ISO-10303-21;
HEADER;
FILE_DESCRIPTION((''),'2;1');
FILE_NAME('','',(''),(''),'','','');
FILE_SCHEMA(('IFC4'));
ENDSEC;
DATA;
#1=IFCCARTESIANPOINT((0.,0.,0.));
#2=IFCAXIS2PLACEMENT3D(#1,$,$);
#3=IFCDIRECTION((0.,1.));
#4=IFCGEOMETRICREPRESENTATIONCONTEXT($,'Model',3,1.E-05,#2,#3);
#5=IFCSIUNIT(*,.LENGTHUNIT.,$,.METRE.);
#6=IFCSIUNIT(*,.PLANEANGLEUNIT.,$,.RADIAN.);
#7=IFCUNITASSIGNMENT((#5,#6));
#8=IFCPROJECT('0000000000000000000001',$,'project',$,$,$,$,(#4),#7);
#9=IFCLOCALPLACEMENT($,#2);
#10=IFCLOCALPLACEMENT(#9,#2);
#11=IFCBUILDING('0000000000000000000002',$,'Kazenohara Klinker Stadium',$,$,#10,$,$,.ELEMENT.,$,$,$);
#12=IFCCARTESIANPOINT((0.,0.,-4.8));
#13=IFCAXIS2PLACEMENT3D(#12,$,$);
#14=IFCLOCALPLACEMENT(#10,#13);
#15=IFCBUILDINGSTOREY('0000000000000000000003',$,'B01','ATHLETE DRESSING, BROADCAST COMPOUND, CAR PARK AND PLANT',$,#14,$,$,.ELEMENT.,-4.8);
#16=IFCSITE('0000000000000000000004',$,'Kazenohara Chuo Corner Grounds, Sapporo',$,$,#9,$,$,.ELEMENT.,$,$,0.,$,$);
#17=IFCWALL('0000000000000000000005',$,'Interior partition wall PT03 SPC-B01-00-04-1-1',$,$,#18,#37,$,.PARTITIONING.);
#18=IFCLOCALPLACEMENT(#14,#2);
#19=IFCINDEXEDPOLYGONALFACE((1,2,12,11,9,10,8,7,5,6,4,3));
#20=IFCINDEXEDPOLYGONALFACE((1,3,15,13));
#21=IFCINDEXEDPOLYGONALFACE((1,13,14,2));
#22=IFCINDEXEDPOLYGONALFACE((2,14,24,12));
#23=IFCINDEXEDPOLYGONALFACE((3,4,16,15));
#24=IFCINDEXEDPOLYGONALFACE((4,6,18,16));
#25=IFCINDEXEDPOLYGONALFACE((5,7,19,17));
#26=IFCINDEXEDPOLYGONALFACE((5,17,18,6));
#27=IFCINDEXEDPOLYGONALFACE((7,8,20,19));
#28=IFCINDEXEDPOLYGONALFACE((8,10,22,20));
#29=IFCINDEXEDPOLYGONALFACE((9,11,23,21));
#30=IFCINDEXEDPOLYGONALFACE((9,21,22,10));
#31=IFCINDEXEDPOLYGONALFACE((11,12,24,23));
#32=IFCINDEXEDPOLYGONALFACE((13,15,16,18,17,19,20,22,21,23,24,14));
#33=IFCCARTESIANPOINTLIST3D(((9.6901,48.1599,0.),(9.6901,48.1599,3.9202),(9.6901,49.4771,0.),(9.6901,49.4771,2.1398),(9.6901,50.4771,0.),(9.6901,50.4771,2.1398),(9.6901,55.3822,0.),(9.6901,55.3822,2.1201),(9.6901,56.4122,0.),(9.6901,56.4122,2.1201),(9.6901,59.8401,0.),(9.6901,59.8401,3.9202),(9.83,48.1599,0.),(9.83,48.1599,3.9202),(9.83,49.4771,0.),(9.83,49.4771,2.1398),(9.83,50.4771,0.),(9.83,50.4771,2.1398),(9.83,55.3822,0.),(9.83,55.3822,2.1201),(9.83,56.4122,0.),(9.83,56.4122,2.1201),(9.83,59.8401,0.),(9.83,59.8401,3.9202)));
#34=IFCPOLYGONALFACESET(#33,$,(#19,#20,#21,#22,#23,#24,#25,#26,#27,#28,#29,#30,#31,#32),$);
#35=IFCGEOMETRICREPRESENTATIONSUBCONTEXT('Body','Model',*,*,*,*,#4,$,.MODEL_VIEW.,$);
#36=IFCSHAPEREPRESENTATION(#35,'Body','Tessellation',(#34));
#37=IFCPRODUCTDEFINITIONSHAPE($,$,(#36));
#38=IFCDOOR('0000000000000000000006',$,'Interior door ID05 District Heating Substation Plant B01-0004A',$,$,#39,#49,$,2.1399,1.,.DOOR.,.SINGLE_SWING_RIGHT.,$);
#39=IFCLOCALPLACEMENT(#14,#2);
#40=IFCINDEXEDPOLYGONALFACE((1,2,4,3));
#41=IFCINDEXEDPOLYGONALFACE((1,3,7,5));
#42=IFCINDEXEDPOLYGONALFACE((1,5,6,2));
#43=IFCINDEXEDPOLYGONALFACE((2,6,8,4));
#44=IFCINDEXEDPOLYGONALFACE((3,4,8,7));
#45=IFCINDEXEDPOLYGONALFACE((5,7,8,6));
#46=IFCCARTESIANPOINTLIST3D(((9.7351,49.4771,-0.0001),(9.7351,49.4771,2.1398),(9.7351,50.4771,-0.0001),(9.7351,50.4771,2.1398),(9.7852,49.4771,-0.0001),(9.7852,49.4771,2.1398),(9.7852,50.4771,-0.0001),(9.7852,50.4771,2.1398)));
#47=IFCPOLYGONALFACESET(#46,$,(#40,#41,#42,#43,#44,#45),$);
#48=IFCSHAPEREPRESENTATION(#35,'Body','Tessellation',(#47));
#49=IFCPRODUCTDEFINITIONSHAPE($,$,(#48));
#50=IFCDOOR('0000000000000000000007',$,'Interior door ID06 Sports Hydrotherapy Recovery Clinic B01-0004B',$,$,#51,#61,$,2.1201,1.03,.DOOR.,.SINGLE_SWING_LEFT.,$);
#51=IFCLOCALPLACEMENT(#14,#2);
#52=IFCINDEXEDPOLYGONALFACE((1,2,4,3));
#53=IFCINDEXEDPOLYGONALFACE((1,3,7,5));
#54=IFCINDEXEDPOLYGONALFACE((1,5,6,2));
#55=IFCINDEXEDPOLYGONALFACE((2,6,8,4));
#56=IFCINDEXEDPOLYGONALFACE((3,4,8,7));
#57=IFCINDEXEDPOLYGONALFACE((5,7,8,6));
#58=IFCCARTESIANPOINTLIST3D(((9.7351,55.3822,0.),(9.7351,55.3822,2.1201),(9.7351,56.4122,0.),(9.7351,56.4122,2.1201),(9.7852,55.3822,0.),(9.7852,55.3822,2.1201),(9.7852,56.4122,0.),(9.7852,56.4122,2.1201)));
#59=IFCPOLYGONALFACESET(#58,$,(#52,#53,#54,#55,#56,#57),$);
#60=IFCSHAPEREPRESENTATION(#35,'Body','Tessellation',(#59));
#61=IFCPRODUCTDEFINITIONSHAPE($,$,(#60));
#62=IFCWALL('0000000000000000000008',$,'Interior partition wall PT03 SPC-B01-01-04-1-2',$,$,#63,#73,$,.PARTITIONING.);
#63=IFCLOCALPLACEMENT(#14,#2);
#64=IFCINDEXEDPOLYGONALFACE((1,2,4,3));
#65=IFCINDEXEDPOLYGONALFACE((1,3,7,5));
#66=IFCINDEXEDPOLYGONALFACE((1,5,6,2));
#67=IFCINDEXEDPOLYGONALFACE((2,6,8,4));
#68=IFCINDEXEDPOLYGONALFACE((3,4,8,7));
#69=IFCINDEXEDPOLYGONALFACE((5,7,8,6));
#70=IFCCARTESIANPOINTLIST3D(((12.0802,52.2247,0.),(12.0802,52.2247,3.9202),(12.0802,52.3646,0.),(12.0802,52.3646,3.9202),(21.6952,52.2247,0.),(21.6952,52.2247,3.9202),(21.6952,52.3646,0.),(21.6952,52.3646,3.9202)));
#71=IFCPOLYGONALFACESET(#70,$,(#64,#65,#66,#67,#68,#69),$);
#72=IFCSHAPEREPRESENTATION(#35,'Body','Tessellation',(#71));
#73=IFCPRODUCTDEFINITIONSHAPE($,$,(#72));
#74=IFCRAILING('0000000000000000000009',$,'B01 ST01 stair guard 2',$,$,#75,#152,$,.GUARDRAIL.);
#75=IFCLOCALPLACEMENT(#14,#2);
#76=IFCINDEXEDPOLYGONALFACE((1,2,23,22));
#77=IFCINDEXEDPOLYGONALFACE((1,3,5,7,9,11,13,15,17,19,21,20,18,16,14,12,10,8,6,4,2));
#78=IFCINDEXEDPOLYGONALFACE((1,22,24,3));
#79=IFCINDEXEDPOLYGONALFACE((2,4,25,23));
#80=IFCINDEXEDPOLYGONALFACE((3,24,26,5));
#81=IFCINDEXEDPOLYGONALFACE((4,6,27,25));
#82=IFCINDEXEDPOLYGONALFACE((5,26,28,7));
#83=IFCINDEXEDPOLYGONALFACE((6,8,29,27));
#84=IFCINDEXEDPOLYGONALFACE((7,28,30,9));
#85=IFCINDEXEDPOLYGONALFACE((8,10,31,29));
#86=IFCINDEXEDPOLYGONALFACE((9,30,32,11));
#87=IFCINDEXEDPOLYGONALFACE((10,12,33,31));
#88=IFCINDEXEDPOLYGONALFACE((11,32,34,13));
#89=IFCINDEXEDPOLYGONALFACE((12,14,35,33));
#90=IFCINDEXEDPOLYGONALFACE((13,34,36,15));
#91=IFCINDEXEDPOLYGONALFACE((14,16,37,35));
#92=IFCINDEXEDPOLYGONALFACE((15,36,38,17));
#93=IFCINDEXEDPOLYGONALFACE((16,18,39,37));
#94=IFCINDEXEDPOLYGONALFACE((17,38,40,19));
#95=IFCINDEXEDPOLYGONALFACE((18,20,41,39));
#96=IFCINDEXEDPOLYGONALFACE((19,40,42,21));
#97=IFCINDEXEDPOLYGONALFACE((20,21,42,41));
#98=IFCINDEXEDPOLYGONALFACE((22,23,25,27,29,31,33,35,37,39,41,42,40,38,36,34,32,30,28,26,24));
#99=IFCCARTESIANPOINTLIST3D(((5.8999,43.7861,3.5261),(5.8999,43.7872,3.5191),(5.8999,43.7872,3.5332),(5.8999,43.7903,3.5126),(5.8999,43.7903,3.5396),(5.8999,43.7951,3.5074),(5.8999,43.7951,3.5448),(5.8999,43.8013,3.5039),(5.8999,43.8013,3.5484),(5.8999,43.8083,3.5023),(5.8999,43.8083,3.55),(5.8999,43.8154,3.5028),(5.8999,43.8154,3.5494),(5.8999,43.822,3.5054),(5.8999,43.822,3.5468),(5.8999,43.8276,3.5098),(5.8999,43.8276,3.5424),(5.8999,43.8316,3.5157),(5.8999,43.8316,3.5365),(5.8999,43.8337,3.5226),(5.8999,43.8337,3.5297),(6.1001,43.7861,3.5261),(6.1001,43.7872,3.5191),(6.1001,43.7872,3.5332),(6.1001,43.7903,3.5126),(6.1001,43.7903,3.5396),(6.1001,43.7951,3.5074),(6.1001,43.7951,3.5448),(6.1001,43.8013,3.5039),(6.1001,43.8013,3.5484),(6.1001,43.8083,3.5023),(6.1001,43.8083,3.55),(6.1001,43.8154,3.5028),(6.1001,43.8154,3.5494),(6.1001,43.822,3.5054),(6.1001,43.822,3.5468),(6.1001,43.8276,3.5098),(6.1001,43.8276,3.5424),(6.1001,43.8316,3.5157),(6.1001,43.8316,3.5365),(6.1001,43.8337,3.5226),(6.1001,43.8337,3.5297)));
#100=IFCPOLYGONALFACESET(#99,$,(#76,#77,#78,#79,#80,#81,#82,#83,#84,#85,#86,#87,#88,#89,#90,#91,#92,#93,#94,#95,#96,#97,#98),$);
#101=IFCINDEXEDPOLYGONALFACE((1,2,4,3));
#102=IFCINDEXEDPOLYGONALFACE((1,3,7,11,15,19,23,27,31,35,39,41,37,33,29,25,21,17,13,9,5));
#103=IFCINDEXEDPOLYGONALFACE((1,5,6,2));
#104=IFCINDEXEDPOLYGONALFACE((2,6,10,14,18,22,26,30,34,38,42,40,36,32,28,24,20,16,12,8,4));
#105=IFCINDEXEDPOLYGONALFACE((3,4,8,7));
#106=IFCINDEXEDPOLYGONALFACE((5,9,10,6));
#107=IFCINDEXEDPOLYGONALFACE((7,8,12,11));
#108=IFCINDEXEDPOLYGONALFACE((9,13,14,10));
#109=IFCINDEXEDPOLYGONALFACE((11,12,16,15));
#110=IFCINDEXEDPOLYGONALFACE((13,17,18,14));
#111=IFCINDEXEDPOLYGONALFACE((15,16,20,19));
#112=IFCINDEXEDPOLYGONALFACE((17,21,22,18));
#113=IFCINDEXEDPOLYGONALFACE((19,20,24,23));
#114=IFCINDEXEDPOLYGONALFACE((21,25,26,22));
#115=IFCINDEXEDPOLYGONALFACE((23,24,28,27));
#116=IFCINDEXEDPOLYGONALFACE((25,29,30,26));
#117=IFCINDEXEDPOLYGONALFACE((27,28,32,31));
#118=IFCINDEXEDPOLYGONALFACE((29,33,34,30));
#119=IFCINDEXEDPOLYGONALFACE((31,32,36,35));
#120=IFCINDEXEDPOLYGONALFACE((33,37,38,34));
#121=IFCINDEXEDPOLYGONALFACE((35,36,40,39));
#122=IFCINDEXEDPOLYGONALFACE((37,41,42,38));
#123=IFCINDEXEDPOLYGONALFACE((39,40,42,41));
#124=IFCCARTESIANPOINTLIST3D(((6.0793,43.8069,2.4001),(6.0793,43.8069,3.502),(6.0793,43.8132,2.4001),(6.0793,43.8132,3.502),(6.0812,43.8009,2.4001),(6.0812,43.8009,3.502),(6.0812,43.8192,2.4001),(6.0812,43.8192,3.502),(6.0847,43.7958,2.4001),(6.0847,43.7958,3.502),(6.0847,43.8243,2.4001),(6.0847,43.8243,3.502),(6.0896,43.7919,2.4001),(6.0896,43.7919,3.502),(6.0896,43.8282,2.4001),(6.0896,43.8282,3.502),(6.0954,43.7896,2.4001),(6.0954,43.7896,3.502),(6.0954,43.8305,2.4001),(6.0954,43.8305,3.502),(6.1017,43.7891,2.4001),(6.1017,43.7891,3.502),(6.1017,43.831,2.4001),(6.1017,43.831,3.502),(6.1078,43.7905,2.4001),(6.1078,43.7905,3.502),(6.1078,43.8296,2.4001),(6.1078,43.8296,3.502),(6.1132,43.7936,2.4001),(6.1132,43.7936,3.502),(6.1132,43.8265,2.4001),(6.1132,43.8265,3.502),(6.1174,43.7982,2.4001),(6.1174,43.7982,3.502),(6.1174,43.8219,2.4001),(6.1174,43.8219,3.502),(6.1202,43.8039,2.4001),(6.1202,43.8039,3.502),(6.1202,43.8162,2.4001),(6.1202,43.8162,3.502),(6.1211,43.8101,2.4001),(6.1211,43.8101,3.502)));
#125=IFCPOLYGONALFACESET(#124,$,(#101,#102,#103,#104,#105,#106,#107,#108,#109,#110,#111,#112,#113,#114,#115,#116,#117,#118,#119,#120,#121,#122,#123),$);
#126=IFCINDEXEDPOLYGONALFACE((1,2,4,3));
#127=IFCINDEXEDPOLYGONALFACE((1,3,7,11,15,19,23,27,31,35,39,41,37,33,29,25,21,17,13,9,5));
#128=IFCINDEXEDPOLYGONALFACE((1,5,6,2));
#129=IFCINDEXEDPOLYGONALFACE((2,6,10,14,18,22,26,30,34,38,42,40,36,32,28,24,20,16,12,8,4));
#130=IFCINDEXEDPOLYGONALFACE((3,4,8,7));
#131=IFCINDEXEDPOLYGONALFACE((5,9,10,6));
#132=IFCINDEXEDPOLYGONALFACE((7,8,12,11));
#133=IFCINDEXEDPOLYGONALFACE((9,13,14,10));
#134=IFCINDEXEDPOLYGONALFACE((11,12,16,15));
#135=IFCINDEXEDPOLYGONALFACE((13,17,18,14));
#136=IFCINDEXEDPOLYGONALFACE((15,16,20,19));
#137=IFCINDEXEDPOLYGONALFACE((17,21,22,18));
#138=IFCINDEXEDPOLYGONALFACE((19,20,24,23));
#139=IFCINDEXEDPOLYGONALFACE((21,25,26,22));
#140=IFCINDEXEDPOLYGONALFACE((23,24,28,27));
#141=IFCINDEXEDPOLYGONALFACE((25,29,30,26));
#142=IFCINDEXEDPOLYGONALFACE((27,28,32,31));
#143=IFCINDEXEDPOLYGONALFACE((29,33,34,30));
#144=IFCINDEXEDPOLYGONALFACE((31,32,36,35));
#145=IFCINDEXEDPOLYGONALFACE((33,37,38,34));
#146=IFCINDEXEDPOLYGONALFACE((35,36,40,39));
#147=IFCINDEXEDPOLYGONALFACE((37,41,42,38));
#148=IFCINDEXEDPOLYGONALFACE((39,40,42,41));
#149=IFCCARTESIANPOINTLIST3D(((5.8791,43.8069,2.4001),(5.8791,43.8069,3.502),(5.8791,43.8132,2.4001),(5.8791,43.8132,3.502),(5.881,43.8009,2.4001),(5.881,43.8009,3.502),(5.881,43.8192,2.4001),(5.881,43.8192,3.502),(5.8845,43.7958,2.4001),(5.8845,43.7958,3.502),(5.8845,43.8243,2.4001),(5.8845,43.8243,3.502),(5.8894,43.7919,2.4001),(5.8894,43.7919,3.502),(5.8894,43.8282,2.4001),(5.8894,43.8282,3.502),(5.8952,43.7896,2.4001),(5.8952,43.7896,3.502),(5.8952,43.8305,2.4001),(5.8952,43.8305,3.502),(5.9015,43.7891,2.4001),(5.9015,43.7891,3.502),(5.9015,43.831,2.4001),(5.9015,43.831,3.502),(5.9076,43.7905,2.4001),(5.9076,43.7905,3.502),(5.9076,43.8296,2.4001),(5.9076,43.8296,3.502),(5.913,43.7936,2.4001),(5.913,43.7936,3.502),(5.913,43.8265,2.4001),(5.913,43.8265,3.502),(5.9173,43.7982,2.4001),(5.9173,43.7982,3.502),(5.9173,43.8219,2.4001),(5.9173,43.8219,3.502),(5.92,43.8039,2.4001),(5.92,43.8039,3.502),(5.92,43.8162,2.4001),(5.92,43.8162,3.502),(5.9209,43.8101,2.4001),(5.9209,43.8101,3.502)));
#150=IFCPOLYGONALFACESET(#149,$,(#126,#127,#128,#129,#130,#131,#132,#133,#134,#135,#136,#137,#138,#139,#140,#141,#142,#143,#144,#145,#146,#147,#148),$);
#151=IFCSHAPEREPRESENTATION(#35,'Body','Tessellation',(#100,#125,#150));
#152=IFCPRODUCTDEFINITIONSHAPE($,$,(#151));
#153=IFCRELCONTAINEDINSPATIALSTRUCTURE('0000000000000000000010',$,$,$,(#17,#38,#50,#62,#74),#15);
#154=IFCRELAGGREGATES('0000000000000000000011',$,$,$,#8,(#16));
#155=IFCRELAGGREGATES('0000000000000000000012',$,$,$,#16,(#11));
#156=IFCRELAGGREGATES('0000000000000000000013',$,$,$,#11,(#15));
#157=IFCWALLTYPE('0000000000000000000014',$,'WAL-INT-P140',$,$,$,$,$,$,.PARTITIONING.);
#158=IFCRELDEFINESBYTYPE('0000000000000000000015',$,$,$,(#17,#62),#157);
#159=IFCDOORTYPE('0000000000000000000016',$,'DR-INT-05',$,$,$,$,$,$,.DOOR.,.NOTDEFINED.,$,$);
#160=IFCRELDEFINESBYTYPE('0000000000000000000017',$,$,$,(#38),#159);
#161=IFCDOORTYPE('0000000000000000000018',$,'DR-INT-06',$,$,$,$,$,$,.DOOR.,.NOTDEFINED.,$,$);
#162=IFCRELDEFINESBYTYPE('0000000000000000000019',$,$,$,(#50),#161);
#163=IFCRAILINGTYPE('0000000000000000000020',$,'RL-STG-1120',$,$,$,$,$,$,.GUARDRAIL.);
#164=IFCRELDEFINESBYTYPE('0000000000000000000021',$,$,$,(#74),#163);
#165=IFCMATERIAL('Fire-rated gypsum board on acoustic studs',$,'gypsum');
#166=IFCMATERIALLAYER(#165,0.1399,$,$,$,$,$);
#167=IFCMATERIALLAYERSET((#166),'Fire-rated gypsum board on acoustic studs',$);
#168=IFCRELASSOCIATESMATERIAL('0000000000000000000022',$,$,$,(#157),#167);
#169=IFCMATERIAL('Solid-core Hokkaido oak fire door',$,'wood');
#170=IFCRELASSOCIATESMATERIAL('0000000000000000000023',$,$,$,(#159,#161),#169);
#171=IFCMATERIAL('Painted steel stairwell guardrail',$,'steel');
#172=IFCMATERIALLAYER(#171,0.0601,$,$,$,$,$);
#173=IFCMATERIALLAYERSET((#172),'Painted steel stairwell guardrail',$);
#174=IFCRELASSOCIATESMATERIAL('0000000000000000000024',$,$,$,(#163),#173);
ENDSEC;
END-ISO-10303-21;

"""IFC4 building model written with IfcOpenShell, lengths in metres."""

from ifc_helpers import new_model, si_unit, direction, frame, frame_2d, origin, origin_2d, place, context, subcontext, project, spatial, rectangle, circle, extrude, material, layer, layer_set, type_object, element, fill, save


model = new_model("IFC4")

# Units and contexts
model_context = context("Model", 3, precision=1e-05, world=origin(), true_north=direction((0.0, 1.0)))
body_context = subcontext(model_context, "Body", "Model", "MODEL_VIEW")
ifc_project = project(units=[si_unit("LENGTHUNIT", "METRE"), si_unit("PLANEANGLEUNIT", "RADIAN")], contexts=[model_context])

# Site, building, storey
site_placement = place(None, origin())
site = spatial("IfcSite", under=ifc_project, at=site_placement, Name="Kazenohara Chuo Corner Grounds, Sapporo", CompositionType="ELEMENT", RefElevation=0.0)
building_placement = place(site_placement, origin())
building = spatial("IfcBuilding", under=site, at=building_placement, Name="Kazenohara Klinker Stadium", CompositionType="ELEMENT")
storey_placement = place(building_placement, frame((0.0, 0.0, -4.8)))
storey = spatial("IfcBuildingStorey", under=building, at=storey_placement, Name="B01", Description="ATHLETE DRESSING, BROADCAST COMPOUND, CAR PARK AND PLANT", CompositionType="ELEMENT", Elevation=-4.8)

# Wall, openings, doors
ifc_material_1 = material(Name="Fire-rated gypsum board on acoustic studs", Category="gypsum")
ifc_material_2 = material(Name="Solid-core Hokkaido oak fire door", Category="wood")
ifc_layer_1 = layer(ifc_material_1, 0.1399)
ifc_layer_set_1 = layer_set([ifc_layer_1], Name="Fire-rated gypsum board on acoustic studs")
wall_type_1 = type_object("IfcWallType", Name="WAL-INT-P140", PredefinedType="PARTITIONING", material=ifc_layer_set_1)
wall_1_placement = place(storey_placement, frame((9.76, 48.1599, 0.0), z_axis=(0.0, 0.0, 1.0), x_axis=(0.0, 1.0, 0.0)))
wall_1 = element("IfcWall", 1, at=wall_1_placement, inside=storey, type_object=wall_type_1, Name="Interior partition wall PT03 SPC-B01-00-04-1-1", PredefinedType="PARTITIONING", context=body_context, shape_type="SweptSolid", body=[
    extrude(rectangle(XDim=11.6802, YDim=0.1399, at=frame_2d((5.8401, 0.0))), origin(), (0.0, 0.0, 1.0), 3.9202),
])
opening_1_placement = place(wall_1_placement, frame((1.3171, 0.0, 0.0)))
opening_1 = element("IfcOpeningElement", 2, at=opening_1_placement, cuts=wall_1, PredefinedType="OPENING", context=body_context, shape_type="SweptSolid", body=[
    extrude(rectangle(XDim=1.0, YDim=2.1399, at=frame_2d((0.5, 1.0698))), frame((0.0, 0.0801, 0.0), z_axis=(0.0, -1.0, 0.0), x_axis=(1.0, 0.0, 0.0)), (0.0, 0.0, 1.0), 0.1599),
])
opening_2_placement = place(wall_1_placement, frame((7.2222, 0.0, 0.0)))
opening_2 = element("IfcOpeningElement", 3, at=opening_2_placement, cuts=wall_1, PredefinedType="OPENING", context=body_context, shape_type="SweptSolid", body=[
    extrude(rectangle(XDim=1.03, YDim=2.1201, at=frame_2d((0.5151, 1.0601))), frame((0.0, 0.0801, 0.0), z_axis=(0.0, -1.0, 0.0), x_axis=(1.0, 0.0, 0.0)), (0.0, 0.0, 1.0), 0.1599),
])
door_type_1 = type_object("IfcDoorType", Name="DR-INT-05", OperationType="NOTDEFINED", PredefinedType="DOOR", material=ifc_material_2)
door_1_placement = place(opening_1_placement, origin())
door_1 = element("IfcDoor", 4, at=door_1_placement, inside=storey, type_object=door_type_1, Name="Interior door ID05 District Heating Substation Plant B01-0004A", OperationType="SINGLE_SWING_RIGHT", OverallHeight=2.1399, OverallWidth=1.0, PredefinedType="DOOR", context=body_context, shape_type="SweptSolid", body=[
    extrude(rectangle(XDim=1.0, YDim=2.1399, at=frame_2d((0.5, 1.0698))), frame((0.0, 0.0249, 0.0), z_axis=(0.0, -1.0, 0.0), x_axis=(1.0, 0.0, 0.0)), (0.0, 0.0, 1.0), 0.05),
])
fill(opening_1, door_1)
door_type_2 = type_object("IfcDoorType", Name="DR-INT-06", OperationType="NOTDEFINED", PredefinedType="DOOR", material=ifc_material_2)
door_2_placement = place(opening_2_placement, origin())
door_2 = element("IfcDoor", 5, at=door_2_placement, inside=storey, type_object=door_type_2, Name="Interior door ID06 Sports Hydrotherapy Recovery Clinic B01-0004B", OperationType="SINGLE_SWING_LEFT", OverallHeight=2.1201, OverallWidth=1.03, PredefinedType="DOOR", context=body_context, shape_type="SweptSolid", body=[
    extrude(rectangle(XDim=1.03, YDim=2.1201, at=frame_2d((0.5151, 1.0601))), frame((0.0, 0.0249, 0.0), z_axis=(0.0, -1.0, 0.0), x_axis=(1.0, 0.0, 0.0)), (0.0, 0.0, 1.0), 0.05),
])
fill(opening_2, door_2)

# Wall
wall_2_placement = place(storey_placement, frame((12.0801, 52.2947, 0.0), z_axis=(0.0, 0.0, 1.0), x_axis=(1.0, 0.0, 0.0)))
element("IfcWall", 6, at=wall_2_placement, inside=storey, type_object=wall_type_1, Name="Interior partition wall PT03 SPC-B01-01-04-1-2", PredefinedType="PARTITIONING", context=body_context, shape_type="SweptSolid", body=[
    extrude(rectangle(XDim=9.615, YDim=0.1399, at=frame_2d((4.8076, 0.0))), origin(), (0.0, 0.0, 1.0), 3.9202),
])

# Railing
ifc_material_3 = material(Name="Painted steel stairwell guardrail", Category="steel")
ifc_layer_2 = layer(ifc_material_3, 0.0601)
ifc_layer_set_2 = layer_set([ifc_layer_2], Name="Painted steel stairwell guardrail")
railing_type = type_object("IfcRailingType", Name="RL-STG-1120", PredefinedType="GUARDRAIL", material=ifc_layer_set_2)
railing_1_placement = place(storey_placement, frame((6.1001, 43.8101, 2.4001)))
element("IfcRailing", 7, at=railing_1_placement, inside=storey, type_object=railing_type, Name="B01 ST01 stair guard 2", PredefinedType="GUARDRAIL", context=body_context, shape_type="SweptSolid", body=[
    extrude(circle(Radius=0.0239, at=origin_2d()), frame((0.0, 0.0, 1.126), z_axis=(-1.0, 0.0, 0.0), x_axis=(0.0, -1.0, 0.0)), (0.0, 0.0, 1.0), 0.2002),
    extrude(circle(Radius=0.021, at=origin_2d()), origin(), (0.0, 0.0, 1.0), 1.1018),
    extrude(circle(Radius=0.021, at=origin_2d()), frame((-0.2002, 0.0, 0.0)), (0.0, 0.0, 1.0), 1.1018),
])

save(model, "model.ifc")
